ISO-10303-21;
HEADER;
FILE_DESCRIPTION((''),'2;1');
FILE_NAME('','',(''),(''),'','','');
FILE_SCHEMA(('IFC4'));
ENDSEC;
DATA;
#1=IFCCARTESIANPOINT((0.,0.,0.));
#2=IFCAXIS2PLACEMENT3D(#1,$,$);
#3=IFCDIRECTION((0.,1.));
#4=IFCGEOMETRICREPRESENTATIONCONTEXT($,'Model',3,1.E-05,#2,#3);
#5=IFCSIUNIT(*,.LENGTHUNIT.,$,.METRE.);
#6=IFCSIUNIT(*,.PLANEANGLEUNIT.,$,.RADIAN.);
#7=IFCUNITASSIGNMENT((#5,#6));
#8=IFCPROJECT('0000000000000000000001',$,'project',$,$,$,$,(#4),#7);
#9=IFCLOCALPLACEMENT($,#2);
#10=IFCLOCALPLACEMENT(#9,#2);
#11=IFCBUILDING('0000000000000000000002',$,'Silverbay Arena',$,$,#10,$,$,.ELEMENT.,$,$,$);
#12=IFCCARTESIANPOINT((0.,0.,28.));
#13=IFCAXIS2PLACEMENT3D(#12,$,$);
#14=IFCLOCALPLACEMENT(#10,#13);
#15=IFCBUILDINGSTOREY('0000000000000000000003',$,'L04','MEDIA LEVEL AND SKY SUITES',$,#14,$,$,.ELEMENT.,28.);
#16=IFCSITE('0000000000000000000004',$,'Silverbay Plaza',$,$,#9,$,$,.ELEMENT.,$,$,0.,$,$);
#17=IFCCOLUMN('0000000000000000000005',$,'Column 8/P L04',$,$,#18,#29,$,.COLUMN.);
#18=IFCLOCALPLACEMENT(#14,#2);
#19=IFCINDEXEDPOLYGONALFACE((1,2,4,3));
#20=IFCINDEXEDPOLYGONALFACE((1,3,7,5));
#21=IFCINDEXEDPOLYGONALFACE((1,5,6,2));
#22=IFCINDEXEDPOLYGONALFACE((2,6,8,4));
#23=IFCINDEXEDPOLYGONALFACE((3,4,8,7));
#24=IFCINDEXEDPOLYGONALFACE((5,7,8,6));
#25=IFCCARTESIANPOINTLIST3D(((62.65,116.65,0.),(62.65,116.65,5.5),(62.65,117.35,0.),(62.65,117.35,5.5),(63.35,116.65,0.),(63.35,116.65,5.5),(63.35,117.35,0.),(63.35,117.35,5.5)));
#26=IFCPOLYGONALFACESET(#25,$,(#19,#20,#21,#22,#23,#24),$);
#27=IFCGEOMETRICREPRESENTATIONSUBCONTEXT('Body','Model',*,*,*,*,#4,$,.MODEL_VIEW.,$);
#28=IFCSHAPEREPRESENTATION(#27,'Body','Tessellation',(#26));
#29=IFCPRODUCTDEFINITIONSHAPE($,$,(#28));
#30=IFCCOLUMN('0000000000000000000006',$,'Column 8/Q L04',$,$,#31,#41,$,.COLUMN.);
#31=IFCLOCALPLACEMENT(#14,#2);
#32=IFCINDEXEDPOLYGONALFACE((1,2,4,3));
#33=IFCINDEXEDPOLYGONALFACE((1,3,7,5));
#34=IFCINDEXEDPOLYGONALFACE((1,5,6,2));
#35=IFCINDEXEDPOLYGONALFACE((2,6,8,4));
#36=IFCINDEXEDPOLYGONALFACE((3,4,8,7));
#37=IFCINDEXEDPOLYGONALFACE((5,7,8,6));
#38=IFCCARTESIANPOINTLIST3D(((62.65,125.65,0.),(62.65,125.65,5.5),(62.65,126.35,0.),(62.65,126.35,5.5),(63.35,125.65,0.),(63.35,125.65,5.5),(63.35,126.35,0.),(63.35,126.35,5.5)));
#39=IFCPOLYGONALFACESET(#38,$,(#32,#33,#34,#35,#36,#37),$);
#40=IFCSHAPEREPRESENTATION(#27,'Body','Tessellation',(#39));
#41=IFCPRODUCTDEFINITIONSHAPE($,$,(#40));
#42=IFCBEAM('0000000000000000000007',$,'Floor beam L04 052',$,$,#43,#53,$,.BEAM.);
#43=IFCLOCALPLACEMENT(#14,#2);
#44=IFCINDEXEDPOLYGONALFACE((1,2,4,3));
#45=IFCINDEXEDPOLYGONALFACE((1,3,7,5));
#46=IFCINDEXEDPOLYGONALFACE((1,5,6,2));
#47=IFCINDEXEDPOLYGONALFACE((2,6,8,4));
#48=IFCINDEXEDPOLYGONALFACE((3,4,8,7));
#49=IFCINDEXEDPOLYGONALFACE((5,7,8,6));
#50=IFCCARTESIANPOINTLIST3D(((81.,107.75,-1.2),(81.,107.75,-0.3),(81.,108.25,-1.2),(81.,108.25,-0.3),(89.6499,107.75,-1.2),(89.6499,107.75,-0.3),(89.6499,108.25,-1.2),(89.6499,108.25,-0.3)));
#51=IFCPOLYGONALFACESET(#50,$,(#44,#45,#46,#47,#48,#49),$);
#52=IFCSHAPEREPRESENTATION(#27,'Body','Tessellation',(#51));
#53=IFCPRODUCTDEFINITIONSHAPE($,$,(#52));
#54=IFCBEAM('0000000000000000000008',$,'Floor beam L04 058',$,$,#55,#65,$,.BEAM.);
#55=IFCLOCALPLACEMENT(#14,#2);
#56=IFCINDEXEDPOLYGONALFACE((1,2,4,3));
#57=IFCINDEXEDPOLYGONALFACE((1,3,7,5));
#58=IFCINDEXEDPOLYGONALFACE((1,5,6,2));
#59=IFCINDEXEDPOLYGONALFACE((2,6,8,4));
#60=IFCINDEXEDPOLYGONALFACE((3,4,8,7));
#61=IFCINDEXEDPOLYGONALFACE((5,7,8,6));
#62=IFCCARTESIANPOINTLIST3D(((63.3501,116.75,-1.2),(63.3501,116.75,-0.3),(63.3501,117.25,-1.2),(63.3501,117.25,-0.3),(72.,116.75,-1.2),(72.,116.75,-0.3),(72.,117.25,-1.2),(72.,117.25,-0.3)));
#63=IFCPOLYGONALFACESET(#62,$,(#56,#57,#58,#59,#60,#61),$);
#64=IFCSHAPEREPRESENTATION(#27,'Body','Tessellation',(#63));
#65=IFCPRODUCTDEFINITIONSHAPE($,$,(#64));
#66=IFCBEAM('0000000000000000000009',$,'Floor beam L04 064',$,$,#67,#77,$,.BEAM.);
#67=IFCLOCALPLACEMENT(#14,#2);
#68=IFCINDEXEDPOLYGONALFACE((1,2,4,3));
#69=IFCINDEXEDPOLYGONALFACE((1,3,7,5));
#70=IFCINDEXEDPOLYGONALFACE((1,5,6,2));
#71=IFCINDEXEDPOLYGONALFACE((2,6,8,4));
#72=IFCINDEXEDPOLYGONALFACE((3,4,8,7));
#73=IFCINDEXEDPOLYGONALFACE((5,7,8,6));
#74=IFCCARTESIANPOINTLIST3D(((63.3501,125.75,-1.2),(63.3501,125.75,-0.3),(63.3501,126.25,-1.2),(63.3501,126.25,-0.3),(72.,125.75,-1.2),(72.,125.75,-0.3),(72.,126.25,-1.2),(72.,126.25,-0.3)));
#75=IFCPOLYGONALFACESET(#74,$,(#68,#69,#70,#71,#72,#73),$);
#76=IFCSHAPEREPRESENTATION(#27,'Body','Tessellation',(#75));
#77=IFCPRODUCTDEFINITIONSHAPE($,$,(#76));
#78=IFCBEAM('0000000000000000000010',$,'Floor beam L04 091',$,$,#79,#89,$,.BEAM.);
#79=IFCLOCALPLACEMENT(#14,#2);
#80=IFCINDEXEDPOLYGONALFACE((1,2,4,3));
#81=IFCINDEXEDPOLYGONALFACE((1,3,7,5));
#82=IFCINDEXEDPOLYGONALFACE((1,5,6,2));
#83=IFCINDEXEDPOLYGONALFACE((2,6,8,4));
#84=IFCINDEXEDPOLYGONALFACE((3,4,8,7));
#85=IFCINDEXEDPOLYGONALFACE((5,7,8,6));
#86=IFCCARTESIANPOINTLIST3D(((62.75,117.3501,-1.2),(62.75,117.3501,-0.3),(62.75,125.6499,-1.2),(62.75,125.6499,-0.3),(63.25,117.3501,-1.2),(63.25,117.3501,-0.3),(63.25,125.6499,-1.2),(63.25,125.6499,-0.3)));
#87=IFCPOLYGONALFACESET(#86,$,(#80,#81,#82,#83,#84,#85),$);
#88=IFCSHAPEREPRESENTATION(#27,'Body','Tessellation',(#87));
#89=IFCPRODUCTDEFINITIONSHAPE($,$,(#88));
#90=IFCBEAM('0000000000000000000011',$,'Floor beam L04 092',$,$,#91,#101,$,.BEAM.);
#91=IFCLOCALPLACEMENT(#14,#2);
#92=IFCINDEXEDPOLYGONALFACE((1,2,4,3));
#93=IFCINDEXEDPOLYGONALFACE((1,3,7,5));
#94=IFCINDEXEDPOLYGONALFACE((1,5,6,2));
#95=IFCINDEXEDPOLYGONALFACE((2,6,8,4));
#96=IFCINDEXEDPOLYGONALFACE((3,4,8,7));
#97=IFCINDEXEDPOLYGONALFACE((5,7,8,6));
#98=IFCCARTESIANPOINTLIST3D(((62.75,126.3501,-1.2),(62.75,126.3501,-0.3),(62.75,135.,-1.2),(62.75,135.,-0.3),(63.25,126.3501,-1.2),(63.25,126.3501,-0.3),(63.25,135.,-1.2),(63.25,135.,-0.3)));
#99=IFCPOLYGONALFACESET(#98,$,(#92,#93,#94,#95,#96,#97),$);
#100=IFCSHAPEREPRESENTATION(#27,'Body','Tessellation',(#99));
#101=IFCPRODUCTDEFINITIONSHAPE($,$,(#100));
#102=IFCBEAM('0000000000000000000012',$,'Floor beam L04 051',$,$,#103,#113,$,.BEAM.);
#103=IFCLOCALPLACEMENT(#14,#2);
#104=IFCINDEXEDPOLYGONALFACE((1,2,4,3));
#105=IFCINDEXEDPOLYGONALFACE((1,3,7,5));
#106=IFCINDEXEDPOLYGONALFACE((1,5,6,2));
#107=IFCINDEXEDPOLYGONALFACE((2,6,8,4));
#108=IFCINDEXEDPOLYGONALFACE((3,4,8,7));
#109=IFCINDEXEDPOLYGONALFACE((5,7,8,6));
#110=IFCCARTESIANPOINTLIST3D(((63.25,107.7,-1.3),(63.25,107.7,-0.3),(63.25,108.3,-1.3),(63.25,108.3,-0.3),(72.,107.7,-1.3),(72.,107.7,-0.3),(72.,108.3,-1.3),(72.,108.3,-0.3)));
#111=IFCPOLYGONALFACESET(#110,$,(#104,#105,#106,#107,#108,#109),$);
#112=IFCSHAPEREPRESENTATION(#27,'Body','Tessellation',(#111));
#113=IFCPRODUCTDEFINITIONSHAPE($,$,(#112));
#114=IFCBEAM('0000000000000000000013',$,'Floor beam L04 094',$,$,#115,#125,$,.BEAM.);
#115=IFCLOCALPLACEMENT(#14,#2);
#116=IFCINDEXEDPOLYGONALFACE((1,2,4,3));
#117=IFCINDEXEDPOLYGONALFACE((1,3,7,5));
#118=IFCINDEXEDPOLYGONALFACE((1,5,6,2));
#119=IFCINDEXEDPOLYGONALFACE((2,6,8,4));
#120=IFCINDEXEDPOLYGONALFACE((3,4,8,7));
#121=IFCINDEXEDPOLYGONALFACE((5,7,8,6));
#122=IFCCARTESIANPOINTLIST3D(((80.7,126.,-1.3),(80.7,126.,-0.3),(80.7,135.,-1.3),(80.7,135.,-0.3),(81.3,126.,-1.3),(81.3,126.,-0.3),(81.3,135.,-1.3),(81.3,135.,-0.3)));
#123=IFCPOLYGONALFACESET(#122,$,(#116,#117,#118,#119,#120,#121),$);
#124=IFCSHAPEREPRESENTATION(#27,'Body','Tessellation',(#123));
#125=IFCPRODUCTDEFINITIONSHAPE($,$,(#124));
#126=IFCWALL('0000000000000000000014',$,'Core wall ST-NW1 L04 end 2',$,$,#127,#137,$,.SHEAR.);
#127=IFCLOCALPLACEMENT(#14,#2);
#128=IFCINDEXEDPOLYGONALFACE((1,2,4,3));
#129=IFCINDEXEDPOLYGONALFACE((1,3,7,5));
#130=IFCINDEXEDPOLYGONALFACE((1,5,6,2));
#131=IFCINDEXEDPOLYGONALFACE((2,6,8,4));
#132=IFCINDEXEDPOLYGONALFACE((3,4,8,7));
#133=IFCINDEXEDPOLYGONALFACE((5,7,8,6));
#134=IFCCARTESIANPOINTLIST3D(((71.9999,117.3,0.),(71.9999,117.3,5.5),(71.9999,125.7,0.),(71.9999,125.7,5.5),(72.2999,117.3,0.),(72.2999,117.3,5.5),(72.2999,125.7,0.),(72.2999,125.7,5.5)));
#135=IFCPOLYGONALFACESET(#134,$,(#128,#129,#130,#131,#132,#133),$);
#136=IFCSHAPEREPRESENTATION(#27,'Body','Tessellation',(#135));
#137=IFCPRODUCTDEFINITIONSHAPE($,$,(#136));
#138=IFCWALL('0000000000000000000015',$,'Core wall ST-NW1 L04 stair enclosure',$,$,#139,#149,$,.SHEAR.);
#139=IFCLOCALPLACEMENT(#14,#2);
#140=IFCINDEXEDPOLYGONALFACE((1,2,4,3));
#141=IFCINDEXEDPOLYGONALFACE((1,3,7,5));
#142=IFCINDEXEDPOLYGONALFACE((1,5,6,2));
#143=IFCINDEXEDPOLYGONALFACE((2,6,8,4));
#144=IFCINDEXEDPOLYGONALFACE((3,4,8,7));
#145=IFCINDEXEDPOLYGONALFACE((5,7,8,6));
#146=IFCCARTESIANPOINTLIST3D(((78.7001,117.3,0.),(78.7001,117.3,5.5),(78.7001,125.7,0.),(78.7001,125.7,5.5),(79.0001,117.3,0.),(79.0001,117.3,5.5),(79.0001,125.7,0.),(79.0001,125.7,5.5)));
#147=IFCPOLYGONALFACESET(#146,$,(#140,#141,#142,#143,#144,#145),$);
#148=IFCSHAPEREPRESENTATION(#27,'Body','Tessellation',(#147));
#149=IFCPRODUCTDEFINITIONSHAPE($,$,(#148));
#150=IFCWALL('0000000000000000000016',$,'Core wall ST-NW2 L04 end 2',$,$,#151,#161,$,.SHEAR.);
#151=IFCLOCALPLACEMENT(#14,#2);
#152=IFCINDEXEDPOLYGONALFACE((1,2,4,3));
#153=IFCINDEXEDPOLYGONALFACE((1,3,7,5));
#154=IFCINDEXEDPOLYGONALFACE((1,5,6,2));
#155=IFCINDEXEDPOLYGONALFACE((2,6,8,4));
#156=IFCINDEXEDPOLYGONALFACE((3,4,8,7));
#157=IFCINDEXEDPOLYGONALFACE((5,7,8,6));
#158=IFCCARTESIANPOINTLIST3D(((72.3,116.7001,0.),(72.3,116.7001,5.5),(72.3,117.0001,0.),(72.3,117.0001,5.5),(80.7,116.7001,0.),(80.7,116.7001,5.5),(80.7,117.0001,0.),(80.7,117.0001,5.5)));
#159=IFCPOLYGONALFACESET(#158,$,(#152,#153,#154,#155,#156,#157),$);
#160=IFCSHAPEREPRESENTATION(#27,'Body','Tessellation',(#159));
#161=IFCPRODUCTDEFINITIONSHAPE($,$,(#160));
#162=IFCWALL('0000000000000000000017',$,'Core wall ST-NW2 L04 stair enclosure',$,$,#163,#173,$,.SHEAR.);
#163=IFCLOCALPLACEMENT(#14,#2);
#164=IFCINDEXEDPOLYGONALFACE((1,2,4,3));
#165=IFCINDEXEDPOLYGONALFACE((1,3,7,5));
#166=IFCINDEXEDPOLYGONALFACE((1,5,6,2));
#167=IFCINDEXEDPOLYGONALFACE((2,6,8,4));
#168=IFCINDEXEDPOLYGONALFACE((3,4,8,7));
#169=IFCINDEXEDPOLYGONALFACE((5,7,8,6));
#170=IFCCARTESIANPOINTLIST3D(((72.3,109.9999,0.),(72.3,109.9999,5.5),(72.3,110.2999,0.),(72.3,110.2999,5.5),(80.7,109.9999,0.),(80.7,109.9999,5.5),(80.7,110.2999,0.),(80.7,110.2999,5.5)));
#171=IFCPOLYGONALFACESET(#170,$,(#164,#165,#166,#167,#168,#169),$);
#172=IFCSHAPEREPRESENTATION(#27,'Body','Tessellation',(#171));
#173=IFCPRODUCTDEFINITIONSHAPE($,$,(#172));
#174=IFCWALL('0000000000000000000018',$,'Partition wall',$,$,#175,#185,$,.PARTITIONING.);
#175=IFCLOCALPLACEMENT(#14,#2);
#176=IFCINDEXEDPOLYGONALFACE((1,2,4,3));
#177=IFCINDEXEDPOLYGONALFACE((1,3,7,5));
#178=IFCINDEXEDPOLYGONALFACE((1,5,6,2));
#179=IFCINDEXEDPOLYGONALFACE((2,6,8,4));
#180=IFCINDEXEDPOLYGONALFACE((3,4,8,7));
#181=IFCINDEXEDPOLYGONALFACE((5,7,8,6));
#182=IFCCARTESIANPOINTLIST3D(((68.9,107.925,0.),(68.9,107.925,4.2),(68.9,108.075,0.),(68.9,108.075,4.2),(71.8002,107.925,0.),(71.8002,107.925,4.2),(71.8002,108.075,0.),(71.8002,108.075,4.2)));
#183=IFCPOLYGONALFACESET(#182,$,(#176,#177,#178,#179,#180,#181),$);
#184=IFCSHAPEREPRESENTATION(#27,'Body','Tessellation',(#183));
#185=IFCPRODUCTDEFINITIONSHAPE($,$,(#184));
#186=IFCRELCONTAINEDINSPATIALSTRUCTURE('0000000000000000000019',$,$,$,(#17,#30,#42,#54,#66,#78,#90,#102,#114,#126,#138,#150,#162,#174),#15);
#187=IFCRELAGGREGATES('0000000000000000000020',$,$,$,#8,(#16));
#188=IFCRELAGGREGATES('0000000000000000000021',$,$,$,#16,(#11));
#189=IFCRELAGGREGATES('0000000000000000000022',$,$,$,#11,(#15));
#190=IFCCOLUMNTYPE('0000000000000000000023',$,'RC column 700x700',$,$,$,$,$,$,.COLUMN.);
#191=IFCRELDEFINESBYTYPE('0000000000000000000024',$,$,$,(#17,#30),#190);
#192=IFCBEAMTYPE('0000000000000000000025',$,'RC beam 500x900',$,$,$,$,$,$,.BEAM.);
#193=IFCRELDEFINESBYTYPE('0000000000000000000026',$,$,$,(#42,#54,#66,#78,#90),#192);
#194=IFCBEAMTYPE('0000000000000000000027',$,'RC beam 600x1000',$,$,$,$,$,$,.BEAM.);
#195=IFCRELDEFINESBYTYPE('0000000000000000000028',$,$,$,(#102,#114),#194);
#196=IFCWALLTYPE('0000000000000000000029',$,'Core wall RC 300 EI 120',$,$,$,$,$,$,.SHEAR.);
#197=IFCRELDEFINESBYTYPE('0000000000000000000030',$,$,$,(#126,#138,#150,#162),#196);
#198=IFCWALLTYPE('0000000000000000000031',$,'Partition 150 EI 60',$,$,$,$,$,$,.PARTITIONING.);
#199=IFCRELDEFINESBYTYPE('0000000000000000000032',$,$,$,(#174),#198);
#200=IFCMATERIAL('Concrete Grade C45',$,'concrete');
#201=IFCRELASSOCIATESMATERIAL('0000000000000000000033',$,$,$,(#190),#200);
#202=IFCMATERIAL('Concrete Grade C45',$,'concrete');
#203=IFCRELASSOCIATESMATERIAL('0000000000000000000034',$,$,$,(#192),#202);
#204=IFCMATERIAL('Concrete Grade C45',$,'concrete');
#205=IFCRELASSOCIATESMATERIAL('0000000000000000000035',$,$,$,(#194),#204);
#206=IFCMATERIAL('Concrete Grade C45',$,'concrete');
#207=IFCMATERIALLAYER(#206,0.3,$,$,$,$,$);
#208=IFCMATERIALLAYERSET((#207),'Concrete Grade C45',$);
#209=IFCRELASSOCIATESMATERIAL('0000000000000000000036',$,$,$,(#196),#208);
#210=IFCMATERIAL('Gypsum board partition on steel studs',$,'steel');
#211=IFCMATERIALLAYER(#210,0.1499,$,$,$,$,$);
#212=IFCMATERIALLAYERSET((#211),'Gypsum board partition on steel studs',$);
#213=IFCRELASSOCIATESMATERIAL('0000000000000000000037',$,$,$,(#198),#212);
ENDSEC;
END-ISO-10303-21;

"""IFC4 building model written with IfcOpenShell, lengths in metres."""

from ifc_helpers import new_model, si_unit, direction, frame, frame_2d, origin, origin_2d, place, context, subcontext, project, spatial, rectangle, extrude, material, layer, layer_set, material_profile, profile_set, type_object, element, save


model = new_model("IFC4")

# Units and contexts
model_context = context("Model", 3, precision=1e-05, world=origin(), true_north=direction((0.0, 1.0)))
body_context = subcontext(model_context, "Body", "Model", "MODEL_VIEW")
ifc_project = project(units=[si_unit("LENGTHUNIT", "METRE"), si_unit("PLANEANGLEUNIT", "RADIAN")], contexts=[model_context])

# Site, building, storey
site_placement = place(None, origin())
site = spatial("IfcSite", under=ifc_project, at=site_placement, Name="Silverbay Plaza", CompositionType="ELEMENT", RefElevation=0.0)
building_placement = place(site_placement, origin())
building = spatial("IfcBuilding", under=site, at=building_placement, Name="Silverbay Arena", CompositionType="ELEMENT")
storey_placement = place(building_placement, frame((0.0, 0.0, 28.0)))
storey = spatial("IfcBuildingStorey", under=building, at=storey_placement, Name="L04", Description="MEDIA LEVEL AND SKY SUITES", CompositionType="ELEMENT", Elevation=28.0)

# Columns
ifc_material_1 = material(Name="Concrete Grade C45", Category="concrete")
ifc_material_profile_1 = material_profile(ifc_material_1, rectangle(XDim=0.7, YDim=0.7, at=origin_2d()), Name="RC 700x700")
ifc_profile_set_1 = profile_set([ifc_material_profile_1], Name="Concrete Grade C45")
column_type = type_object("IfcColumnType", Name="RC column 700x700", PredefinedType="COLUMN", material=ifc_profile_set_1)
for number, where, z_axis, x_axis, name in (
    (1, (63.0, 117.0, 0.0), (0.0, 0.0, 1.0), (1.0, 0.0, 0.0), "Column 8/P L04"),
    (2, (63.0, 126.0, 0.0), (0.0, 0.0, 1.0), (1.0, 0.0, 0.0), "Column 8/Q L04"),
):
    element("IfcColumn", number, at=place(storey_placement, frame(where, z_axis=z_axis, x_axis=x_axis)), inside=storey, type_object=column_type, Name=name, PredefinedType="COLUMN", context=body_context, shape_type="SweptSolid", body=[
        extrude(rectangle(XDim=0.7, YDim=0.7, at=origin_2d()), origin(), (0.0, 0.0, 1.0), 5.5),
    ])

# Beams
ifc_material_2 = material(Name="Concrete Grade C45", Category="concrete")
ifc_material_profile_2 = material_profile(ifc_material_2, rectangle(XDim=0.5, YDim=0.8999, at=origin_2d()), Name="RC 500x900")
ifc_profile_set_2 = profile_set([ifc_material_profile_2], Name="Concrete Grade C45")
beam_type_1 = type_object("IfcBeamType", Name="RC beam 500x900", PredefinedType="BEAM", material=ifc_profile_set_2)
for number, where, z_axis, x_axis, name in (
    (3, (81.0, 108.0, -0.75), (1.0, 0.0, 0.0), (0.0, 1.0, 0.0), "Floor beam L04 052"),
    (4, (63.3501, 117.0, -0.75), (1.0, 0.0, 0.0), (0.0, 1.0, 0.0), "Floor beam L04 058"),
    (5, (63.3501, 126.0, -0.75), (1.0, 0.0, 0.0), (0.0, 1.0, 0.0), "Floor beam L04 064"),
):
    element("IfcBeam", number, at=place(storey_placement, frame(where, z_axis=z_axis, x_axis=x_axis)), inside=storey, type_object=beam_type_1, Name=name, PredefinedType="BEAM", context=body_context, shape_type="SweptSolid", body=[
        extrude(rectangle(XDim=0.5, YDim=0.8999, at=origin_2d()), origin(), (0.0, 0.0, 1.0), 8.6499),
    ])
beam_1_placement = place(storey_placement, frame((63.0, 117.3501, -0.75), z_axis=(0.0, 1.0, 0.0), x_axis=(-1.0, 0.0, 0.0)))
element("IfcBeam", 6, at=beam_1_placement, inside=storey, type_object=beam_type_1, Name="Floor beam L04 091", PredefinedType="BEAM", context=body_context, shape_type="SweptSolid", body=[
    extrude(rectangle(XDim=0.5, YDim=0.8999, at=origin_2d()), origin(), (0.0, 0.0, 1.0), 8.2998),
])
beam_2_placement = place(storey_placement, frame((63.0, 126.3501, -0.75), z_axis=(0.0, 1.0, 0.0), x_axis=(-1.0, 0.0, 0.0)))
element("IfcBeam", 7, at=beam_2_placement, inside=storey, type_object=beam_type_1, Name="Floor beam L04 092", PredefinedType="BEAM", context=body_context, shape_type="SweptSolid", body=[
    extrude(rectangle(XDim=0.5, YDim=0.8999, at=origin_2d()), origin(), (0.0, 0.0, 1.0), 8.6499),
])
ifc_material_3 = material(Name="Concrete Grade C45", Category="concrete")
ifc_material_profile_3 = material_profile(ifc_material_3, rectangle(XDim=0.6001, YDim=1.0, at=origin_2d()), Name="RC 600x1000")
ifc_profile_set_3 = profile_set([ifc_material_profile_3], Name="Concrete Grade C45")
beam_type_2 = type_object("IfcBeamType", Name="RC beam 600x1000", PredefinedType="BEAM", material=ifc_profile_set_3)
beam_3_placement = place(storey_placement, frame((63.25, 108.0, -0.8), z_axis=(1.0, 0.0, 0.0), x_axis=(0.0, 1.0, 0.0)))
element("IfcBeam", 8, at=beam_3_placement, inside=storey, type_object=beam_type_2, Name="Floor beam L04 051", PredefinedType="BEAM", context=body_context, shape_type="SweptSolid", body=[
    extrude(rectangle(XDim=0.6001, YDim=1.0, at=origin_2d()), origin(), (0.0, 0.0, 1.0), 8.75),
])
beam_4_placement = place(storey_placement, frame((81.0, 126.0, -0.8), z_axis=(0.0, 1.0, 0.0), x_axis=(-1.0, 0.0, 0.0)))
element("IfcBeam", 9, at=beam_4_placement, inside=storey, type_object=beam_type_2, Name="Floor beam L04 094", PredefinedType="BEAM", context=body_context, shape_type="SweptSolid", body=[
    extrude(rectangle(XDim=0.6001, YDim=1.0, at=origin_2d()), origin(), (0.0, 0.0, 1.0), 9.0),
])

# Walls
ifc_material_4 = material(Name="Concrete Grade C45", Category="concrete")
ifc_layer_1 = layer(ifc_material_4, 0.3)
ifc_layer_set_1 = layer_set([ifc_layer_1], Name="Concrete Grade C45")
wall_type_1 = type_object("IfcWallType", Name="Core wall RC 300 EI 120", PredefinedType="SHEAR", material=ifc_layer_set_1)
for number, where, z_axis, x_axis, name in (
    (10, (72.1499, 117.3, 0.0), (0.0, 0.0, 1.0), (0.0, 1.0, 0.0), "Core wall ST-NW1 L04 end 2"),
    (11, (78.8501, 117.3, 0.0), (0.0, 0.0, 1.0), (0.0, 1.0, 0.0), "Core wall ST-NW1 L04 stair enclosure"),
    (12, (80.7, 116.8501, 0.0), (0.0, 0.0, 1.0), (-1.0, 0.0, 0.0), "Core wall ST-NW2 L04 end 2"),
    (13, (80.7, 110.1499, 0.0), (0.0, 0.0, 1.0), (-1.0, 0.0, 0.0), "Core wall ST-NW2 L04 stair enclosure"),
):
    element("IfcWall", number, at=place(storey_placement, frame(where, z_axis=z_axis, x_axis=x_axis)), inside=storey, type_object=wall_type_1, Name=name, PredefinedType="SHEAR", context=body_context, shape_type="SweptSolid", body=[
        extrude(rectangle(XDim=8.3999, YDim=0.3, at=frame_2d((4.2, 0.0))), origin(), (0.0, 0.0, 1.0), 5.5),
    ])
ifc_material_5 = material(Name="Gypsum board partition on steel studs", Category="steel")
ifc_layer_2 = layer(ifc_material_5, 0.1499)
ifc_layer_set_2 = layer_set([ifc_layer_2], Name="Gypsum board partition on steel studs")
wall_type_2 = type_object("IfcWallType", Name="Partition 150 EI 60", PredefinedType="PARTITIONING", material=ifc_layer_set_2)
wall_1_placement = place(storey_placement, frame((68.8999, 108.0, 0.0), z_axis=(0.0, 0.0, 1.0), x_axis=(1.0, 0.0, 0.0)))
element("IfcWall", 14, at=wall_1_placement, inside=storey, type_object=wall_type_2, Name="Partition wall", PredefinedType="PARTITIONING", context=body_context, shape_type="SweptSolid", body=[
    extrude(rectangle(XDim=2.9001, YDim=0.1499, at=frame_2d((1.4502, 0.0))), origin(), (0.0, 0.0, 1.0), 4.2),
])

save(model, "model.ifc")
